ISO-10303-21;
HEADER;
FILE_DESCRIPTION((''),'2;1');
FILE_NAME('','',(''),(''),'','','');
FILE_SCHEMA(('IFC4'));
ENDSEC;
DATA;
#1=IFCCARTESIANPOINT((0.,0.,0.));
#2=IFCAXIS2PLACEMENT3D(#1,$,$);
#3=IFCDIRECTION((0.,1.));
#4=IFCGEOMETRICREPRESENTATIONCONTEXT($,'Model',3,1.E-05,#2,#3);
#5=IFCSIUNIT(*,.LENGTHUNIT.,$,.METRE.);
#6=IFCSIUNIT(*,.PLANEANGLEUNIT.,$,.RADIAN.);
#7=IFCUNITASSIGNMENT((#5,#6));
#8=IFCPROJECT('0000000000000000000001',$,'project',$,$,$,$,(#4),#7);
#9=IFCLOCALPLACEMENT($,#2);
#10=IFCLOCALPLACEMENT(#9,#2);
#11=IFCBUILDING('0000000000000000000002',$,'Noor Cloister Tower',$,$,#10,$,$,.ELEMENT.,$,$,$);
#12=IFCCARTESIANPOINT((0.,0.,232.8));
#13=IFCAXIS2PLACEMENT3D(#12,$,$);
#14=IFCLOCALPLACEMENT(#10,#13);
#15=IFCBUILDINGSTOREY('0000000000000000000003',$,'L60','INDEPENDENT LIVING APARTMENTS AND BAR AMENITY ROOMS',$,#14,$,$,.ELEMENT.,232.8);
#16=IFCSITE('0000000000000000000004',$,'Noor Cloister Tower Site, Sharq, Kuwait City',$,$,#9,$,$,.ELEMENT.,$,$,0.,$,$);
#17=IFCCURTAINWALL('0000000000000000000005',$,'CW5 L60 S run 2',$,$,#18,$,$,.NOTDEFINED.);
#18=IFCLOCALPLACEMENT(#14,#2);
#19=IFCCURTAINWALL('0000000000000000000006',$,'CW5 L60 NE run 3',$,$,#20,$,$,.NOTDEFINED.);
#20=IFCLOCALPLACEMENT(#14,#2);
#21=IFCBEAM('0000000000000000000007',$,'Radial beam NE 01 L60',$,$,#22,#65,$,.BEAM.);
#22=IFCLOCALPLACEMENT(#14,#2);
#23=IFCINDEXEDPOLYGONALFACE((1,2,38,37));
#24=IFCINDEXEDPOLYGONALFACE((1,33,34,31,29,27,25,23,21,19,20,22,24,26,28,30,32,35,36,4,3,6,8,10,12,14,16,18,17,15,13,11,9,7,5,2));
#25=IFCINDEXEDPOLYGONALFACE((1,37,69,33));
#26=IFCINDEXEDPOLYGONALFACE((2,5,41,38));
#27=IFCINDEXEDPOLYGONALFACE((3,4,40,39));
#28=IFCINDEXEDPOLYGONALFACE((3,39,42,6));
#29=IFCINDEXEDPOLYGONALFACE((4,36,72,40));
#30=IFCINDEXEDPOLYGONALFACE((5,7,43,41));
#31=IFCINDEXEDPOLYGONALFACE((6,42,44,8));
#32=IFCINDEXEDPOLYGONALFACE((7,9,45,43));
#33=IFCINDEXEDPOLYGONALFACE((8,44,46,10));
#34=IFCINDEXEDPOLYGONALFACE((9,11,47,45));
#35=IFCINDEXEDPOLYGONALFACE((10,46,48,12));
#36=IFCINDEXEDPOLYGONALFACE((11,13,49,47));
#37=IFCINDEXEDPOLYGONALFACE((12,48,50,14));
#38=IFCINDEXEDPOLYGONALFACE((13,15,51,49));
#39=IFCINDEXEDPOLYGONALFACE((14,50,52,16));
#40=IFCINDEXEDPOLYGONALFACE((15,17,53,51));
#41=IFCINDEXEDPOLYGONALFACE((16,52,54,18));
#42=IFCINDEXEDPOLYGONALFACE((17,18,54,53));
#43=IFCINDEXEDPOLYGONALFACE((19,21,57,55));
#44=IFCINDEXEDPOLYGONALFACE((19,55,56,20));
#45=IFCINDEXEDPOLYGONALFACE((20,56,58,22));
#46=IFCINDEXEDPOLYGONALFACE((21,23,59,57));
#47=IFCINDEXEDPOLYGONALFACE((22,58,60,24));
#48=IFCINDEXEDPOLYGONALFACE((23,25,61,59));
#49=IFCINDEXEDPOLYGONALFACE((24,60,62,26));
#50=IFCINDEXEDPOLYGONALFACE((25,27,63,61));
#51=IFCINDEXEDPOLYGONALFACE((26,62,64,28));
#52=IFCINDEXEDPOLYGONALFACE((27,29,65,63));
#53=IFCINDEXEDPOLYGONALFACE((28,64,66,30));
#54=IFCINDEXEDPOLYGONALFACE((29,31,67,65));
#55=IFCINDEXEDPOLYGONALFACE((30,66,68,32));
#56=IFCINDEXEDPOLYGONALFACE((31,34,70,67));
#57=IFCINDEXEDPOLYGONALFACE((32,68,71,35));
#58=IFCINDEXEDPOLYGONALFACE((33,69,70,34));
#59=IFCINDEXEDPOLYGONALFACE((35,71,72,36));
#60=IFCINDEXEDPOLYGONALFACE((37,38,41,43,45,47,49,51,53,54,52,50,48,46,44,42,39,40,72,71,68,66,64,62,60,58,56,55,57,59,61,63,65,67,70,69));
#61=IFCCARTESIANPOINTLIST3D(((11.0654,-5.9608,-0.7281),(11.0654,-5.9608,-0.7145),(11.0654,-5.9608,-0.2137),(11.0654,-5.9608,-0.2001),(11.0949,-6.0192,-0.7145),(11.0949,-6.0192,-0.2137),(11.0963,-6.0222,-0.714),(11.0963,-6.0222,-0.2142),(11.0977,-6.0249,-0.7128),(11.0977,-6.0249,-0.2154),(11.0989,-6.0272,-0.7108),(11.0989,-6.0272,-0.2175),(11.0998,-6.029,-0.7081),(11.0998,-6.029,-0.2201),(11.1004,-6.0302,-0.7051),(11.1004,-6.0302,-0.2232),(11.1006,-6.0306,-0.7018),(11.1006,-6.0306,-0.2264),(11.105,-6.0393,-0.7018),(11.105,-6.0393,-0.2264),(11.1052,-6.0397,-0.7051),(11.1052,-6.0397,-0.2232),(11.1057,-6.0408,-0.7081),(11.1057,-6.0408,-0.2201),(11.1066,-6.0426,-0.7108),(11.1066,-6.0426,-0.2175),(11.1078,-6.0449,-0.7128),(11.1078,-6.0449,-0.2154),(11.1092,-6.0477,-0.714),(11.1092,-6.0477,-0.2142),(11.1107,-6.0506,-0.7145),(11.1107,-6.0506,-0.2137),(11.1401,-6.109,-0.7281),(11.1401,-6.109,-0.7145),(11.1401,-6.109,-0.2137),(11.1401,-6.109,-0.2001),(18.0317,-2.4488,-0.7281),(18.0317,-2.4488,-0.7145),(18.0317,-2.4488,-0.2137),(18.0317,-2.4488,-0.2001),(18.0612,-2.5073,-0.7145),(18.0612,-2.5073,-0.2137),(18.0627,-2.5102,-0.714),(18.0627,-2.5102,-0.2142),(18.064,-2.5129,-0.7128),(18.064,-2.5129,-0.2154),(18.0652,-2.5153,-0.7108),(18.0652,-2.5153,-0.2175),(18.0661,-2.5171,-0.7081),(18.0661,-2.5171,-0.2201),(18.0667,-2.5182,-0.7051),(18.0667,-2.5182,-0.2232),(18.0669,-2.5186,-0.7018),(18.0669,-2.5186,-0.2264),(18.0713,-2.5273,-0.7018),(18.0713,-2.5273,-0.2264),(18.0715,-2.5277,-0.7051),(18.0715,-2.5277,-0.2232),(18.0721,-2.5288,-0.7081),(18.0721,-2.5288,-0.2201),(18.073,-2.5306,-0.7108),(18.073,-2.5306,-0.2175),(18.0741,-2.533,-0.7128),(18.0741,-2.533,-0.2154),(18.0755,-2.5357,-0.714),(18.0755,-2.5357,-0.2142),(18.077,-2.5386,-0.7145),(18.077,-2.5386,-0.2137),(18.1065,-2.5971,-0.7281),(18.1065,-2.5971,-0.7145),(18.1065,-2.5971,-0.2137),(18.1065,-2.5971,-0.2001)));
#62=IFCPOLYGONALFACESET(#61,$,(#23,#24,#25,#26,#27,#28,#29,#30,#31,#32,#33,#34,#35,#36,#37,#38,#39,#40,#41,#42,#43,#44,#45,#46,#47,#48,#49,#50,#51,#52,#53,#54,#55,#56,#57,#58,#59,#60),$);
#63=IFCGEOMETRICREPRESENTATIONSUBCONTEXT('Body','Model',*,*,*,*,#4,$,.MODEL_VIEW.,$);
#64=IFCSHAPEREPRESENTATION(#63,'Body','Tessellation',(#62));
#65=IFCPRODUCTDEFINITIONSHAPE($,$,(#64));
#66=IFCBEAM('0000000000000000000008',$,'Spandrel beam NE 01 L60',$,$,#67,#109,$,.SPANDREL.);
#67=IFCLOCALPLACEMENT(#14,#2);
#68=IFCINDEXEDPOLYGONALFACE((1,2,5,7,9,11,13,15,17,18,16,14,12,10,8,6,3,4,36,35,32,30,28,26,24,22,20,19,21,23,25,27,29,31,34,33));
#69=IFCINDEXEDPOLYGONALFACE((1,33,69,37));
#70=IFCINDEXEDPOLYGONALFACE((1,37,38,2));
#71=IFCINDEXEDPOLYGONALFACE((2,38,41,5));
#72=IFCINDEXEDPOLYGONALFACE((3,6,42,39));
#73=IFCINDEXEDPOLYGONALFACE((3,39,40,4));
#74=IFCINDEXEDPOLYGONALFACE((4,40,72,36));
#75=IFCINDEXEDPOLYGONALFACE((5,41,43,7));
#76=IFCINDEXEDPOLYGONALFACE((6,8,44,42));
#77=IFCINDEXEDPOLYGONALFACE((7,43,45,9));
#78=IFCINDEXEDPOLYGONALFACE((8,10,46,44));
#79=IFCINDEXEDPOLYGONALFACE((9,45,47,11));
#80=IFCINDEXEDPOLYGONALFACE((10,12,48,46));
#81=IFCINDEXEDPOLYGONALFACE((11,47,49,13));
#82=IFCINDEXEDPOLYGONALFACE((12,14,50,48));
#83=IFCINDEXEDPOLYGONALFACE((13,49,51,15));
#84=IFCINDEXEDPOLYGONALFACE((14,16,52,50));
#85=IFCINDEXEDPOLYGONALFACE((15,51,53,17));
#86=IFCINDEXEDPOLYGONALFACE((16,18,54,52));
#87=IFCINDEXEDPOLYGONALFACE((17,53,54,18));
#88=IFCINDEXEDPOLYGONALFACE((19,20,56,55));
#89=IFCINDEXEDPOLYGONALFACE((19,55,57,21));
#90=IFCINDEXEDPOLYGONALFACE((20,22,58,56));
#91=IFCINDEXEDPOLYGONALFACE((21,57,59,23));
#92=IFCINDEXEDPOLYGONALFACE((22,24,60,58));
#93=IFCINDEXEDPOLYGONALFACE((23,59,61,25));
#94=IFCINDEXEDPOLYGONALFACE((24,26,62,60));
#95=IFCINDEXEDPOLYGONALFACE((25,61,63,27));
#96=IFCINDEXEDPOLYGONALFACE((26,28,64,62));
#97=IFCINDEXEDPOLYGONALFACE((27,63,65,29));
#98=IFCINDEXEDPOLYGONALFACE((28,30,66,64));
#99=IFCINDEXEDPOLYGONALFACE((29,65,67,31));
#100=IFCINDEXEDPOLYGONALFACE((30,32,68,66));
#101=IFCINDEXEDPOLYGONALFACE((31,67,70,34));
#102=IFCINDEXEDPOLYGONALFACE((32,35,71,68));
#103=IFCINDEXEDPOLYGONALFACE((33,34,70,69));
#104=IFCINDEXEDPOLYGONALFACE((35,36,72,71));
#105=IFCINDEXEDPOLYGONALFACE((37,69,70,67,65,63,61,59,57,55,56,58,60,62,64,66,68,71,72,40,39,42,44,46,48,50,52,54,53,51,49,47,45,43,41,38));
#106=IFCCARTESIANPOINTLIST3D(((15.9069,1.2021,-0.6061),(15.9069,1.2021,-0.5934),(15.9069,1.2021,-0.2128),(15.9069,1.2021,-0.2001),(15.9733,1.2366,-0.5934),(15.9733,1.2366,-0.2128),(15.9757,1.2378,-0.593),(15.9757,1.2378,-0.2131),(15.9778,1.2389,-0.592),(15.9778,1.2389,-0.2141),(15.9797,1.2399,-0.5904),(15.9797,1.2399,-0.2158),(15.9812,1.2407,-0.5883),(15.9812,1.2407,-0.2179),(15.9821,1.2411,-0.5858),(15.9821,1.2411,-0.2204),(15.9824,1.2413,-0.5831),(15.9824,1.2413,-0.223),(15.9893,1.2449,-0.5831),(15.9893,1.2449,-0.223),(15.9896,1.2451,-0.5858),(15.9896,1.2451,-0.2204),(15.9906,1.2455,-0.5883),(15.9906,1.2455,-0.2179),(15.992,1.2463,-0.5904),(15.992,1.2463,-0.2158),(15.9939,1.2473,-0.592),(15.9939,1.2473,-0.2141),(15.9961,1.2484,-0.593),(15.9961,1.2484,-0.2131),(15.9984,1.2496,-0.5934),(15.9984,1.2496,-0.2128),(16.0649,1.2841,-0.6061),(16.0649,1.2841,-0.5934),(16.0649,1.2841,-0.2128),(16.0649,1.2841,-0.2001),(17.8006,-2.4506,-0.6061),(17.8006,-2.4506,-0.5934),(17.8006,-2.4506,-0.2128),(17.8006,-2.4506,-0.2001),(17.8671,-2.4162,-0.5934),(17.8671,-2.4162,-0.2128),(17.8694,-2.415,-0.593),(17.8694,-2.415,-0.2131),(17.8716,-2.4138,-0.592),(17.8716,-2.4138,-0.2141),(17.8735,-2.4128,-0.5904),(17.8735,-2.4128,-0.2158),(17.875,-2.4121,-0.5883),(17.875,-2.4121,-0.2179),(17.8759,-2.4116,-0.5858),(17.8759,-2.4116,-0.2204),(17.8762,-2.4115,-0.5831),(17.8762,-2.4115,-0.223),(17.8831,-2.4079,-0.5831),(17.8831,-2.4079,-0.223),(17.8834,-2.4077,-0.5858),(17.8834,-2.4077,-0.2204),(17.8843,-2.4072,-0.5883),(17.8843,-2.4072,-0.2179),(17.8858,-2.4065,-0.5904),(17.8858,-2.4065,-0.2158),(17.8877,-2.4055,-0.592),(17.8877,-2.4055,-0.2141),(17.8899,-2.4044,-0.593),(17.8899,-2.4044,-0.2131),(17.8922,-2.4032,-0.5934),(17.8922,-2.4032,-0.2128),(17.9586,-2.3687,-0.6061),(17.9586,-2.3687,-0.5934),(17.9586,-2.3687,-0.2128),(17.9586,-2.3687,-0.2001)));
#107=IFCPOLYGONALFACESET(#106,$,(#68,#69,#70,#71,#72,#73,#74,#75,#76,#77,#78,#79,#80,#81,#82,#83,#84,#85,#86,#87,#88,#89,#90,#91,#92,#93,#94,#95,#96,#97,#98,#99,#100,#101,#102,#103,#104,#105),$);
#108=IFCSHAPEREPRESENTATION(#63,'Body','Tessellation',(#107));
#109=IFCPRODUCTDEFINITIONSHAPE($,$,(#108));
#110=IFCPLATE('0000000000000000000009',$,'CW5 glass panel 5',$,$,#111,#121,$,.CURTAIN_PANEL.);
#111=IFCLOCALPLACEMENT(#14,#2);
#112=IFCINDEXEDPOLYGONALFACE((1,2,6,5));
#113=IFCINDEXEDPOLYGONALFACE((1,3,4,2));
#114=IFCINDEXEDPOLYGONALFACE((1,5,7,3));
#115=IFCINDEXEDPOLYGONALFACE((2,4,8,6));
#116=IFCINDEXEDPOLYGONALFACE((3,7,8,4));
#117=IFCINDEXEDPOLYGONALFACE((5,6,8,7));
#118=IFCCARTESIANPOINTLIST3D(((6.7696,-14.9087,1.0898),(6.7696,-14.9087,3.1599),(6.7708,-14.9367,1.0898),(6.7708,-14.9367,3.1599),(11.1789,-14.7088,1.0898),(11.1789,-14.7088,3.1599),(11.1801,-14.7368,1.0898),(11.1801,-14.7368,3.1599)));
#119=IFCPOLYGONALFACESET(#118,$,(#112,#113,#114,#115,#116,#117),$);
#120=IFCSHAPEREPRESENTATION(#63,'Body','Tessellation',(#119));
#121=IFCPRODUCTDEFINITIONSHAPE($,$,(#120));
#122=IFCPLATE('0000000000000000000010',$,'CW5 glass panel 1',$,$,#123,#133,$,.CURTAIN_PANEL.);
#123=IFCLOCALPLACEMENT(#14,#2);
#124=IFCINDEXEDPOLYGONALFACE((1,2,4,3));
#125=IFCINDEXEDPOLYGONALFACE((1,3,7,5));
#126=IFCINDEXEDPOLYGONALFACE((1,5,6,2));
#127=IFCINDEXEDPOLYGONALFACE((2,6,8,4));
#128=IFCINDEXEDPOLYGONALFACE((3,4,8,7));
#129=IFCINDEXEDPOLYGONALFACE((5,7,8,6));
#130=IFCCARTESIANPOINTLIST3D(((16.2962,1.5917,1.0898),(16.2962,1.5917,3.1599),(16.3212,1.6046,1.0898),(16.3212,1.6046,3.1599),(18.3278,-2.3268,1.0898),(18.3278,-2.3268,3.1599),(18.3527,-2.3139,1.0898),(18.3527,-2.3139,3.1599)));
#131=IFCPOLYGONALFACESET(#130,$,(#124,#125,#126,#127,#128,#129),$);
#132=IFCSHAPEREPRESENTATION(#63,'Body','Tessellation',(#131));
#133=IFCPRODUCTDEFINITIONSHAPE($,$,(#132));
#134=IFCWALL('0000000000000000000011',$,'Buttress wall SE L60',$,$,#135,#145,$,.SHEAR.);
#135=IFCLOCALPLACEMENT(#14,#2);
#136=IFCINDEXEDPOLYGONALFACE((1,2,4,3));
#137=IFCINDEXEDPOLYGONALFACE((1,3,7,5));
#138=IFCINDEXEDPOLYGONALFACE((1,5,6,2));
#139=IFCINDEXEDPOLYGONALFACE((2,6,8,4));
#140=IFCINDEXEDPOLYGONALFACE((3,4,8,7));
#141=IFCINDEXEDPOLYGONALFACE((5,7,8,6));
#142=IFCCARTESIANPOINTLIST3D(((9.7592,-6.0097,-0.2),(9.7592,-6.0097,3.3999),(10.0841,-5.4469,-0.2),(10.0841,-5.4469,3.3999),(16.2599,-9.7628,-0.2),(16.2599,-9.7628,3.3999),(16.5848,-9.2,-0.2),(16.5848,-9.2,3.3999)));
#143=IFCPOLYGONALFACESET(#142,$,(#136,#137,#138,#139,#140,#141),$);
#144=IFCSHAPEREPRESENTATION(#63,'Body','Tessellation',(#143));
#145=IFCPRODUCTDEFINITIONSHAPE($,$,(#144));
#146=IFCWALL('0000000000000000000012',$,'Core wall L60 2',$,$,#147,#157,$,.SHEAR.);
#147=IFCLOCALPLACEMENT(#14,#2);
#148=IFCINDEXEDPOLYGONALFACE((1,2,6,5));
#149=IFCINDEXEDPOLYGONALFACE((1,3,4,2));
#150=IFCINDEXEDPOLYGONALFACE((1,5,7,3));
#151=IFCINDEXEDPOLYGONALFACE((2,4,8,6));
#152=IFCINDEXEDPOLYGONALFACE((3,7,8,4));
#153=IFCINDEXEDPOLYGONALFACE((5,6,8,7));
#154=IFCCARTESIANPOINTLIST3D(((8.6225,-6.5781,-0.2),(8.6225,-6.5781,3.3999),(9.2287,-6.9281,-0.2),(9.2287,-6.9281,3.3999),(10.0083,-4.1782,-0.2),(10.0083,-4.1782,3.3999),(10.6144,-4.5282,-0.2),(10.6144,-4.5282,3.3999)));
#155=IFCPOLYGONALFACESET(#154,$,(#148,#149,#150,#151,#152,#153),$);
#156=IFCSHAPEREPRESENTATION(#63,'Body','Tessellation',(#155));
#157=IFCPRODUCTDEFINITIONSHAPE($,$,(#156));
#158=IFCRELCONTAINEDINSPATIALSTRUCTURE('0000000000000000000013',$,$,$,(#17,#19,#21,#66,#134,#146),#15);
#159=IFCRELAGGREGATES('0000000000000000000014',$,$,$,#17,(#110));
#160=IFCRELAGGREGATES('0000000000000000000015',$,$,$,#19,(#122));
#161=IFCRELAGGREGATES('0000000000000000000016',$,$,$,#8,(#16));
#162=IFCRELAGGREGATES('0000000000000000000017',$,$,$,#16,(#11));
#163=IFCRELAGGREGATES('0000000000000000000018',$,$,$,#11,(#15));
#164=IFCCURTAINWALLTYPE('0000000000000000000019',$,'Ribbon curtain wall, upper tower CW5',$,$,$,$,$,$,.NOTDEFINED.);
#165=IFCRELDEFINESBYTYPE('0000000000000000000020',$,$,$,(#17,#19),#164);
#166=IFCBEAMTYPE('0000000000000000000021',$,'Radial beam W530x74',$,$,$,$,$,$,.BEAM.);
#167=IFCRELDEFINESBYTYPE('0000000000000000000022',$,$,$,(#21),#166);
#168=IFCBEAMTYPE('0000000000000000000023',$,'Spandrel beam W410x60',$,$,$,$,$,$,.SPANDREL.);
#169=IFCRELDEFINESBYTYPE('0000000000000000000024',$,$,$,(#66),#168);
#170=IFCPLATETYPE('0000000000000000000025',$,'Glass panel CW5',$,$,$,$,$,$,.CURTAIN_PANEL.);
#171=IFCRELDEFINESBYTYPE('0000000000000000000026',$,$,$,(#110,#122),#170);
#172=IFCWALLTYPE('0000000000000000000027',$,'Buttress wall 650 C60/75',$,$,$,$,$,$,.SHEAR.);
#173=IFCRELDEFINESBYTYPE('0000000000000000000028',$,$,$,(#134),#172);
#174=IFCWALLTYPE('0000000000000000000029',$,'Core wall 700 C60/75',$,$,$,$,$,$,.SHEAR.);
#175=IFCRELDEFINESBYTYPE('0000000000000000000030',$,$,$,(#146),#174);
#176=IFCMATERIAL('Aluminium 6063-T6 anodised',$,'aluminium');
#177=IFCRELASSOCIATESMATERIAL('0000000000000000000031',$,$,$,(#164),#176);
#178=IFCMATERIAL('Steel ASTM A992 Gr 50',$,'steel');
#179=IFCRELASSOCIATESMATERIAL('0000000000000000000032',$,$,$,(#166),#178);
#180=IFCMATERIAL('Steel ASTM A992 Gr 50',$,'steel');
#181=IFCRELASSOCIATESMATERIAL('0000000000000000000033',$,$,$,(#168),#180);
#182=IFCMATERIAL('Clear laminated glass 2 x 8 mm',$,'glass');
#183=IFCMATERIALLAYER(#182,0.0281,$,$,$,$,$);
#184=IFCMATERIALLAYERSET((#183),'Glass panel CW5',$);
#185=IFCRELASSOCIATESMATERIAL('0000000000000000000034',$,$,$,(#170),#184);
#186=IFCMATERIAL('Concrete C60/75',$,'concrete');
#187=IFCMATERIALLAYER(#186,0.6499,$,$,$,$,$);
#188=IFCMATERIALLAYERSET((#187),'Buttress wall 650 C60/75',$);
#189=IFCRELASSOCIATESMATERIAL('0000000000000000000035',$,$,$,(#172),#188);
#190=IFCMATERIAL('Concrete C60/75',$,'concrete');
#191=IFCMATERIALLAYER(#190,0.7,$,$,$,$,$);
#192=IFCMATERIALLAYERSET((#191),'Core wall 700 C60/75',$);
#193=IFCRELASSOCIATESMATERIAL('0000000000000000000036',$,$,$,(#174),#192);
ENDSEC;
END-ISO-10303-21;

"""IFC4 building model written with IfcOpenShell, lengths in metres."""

from ifc_helpers import new_model, si_unit, direction, frame, frame_2d, origin, origin_2d, place, context, subcontext, project, spatial, rectangle, i_section, extrude, material, layer, layer_set, material_profile, profile_set, type_object, element, aggregate, save


model = new_model("IFC4")

# Units and contexts
model_context = context("Model", 3, precision=1e-05, world=origin(), true_north=direction((0.0, 1.0)))
body_context = subcontext(model_context, "Body", "Model", "MODEL_VIEW")
ifc_project = project(units=[si_unit("LENGTHUNIT", "METRE"), si_unit("PLANEANGLEUNIT", "RADIAN")], contexts=[model_context])

# Site, building, storey
site_placement = place(None, origin())
site = spatial("IfcSite", under=ifc_project, at=site_placement, Name="Noor Cloister Tower Site, Sharq, Kuwait City", CompositionType="ELEMENT", RefElevation=0.0)
building_placement = place(site_placement, origin())
building = spatial("IfcBuilding", under=site, at=building_placement, Name="Noor Cloister Tower", CompositionType="ELEMENT")
storey_placement = place(building_placement, frame((0.0, 0.0, 232.8)))
storey = spatial("IfcBuildingStorey", under=building, at=storey_placement, Name="L60", Description="INDEPENDENT LIVING APARTMENTS AND BAR AMENITY ROOMS", CompositionType="ELEMENT", Elevation=232.8)

# Curtain walls
ifc_material_1 = material(Name="Aluminium 6063-T6 anodised", Category="aluminium")
curtain_wall_type = type_object("IfcCurtainWallType", Name="Ribbon curtain wall, upper tower CW5", PredefinedType="NOTDEFINED", material=ifc_material_1)
curtain_wall_1_placement = place(storey_placement, origin())
curtain_wall_1 = element("IfcCurtainWall", 1, at=curtain_wall_1_placement, inside=storey, type_object=curtain_wall_type, Name="CW5 L60 S run 2", PredefinedType="NOTDEFINED")
curtain_wall_2_placement = place(storey_placement, origin())
curtain_wall_2 = element("IfcCurtainWall", 2, at=curtain_wall_2_placement, inside=storey, type_object=curtain_wall_type, Name="CW5 L60 NE run 3", PredefinedType="NOTDEFINED")

# Beams
ifc_material_2 = material(Name="Steel ASTM A992 Gr 50", Category="steel")
ifc_material_profile_1 = material_profile(ifc_material_2, i_section(OverallWidth=0.166, OverallDepth=0.5281, WebThickness=0.0098, FlangeThickness=0.0137, FilletRadius=0.0127, at=origin_2d()), Name="W530x74")
ifc_profile_set_1 = profile_set([ifc_material_profile_1], Name="Steel ASTM A992 Gr 50")
beam_type_1 = type_object("IfcBeamType", Name="Radial beam W530x74", PredefinedType="BEAM", material=ifc_profile_set_1)
beam_1_placement = place(storey_placement, frame((18.0691, -2.5229, -0.4641), z_axis=(-0.892945, -0.450165, 0.0), x_axis=(0.450165, -0.892945, 0.0)))
element("IfcBeam", 3, at=beam_1_placement, inside=storey, type_object=beam_type_1, Name="Radial beam NE 01 L60", PredefinedType="BEAM", context=body_context, shape_type="SweptSolid", body=[
    extrude(i_section(OverallWidth=0.166, OverallDepth=0.5281, WebThickness=0.0098, FlangeThickness=0.0137, FilletRadius=0.0127, at=origin_2d()), origin(), (0.0, 0.0, 1.0), 7.8015),
])
ifc_material_3 = material(Name="Steel ASTM A992 Gr 50", Category="steel")
ifc_material_profile_2 = material_profile(ifc_material_3, i_section(OverallWidth=0.178, OverallDepth=0.406, WebThickness=0.0078, FlangeThickness=0.0127, FilletRadius=0.0103, at=origin_2d()), Name="W410x60")
ifc_profile_set_2 = profile_set([ifc_material_profile_2], Name="Steel ASTM A992 Gr 50")
beam_type_2 = type_object("IfcBeamType", Name="Spandrel beam W410x60", PredefinedType="SPANDREL", material=ifc_profile_set_2)
beam_2_placement = place(storey_placement, frame((17.8796, -2.4097, -0.4031), z_axis=(-0.460267, 0.887781, 0.0), x_axis=(-0.887781, -0.460267, 0.0)))
element("IfcBeam", 4, at=beam_2_placement, inside=storey, type_object=beam_type_2, Name="Spandrel beam NE 01 L60", PredefinedType="SPANDREL", context=body_context, shape_type="SweptSolid", body=[
    extrude(i_section(OverallWidth=0.178, OverallDepth=0.406, WebThickness=0.0078, FlangeThickness=0.0127, FilletRadius=0.0103, at=origin_2d()), origin(), (0.0, 0.0, 1.0), 4.1145),
])

# Plates
ifc_material_4 = material(Name="Clear laminated glass 2 x 8 mm", Category="glass")
ifc_layer_1 = layer(ifc_material_4, 0.0281)
ifc_layer_set_1 = layer_set([ifc_layer_1], Name="Glass panel CW5")
plate_type = type_object("IfcPlateType", Name="Glass panel CW5", PredefinedType="CURTAIN_PANEL", material=ifc_layer_set_1)
plate_1_placement = place(storey_placement, frame((8.9749, -14.8228, 1.0898), z_axis=(0.0, 0.0, 1.0), x_axis=(0.998974, 0.045286, 0.0)))
plate_1 = element("IfcPlate", 5, at=plate_1_placement, type_object=plate_type, Name="CW5 glass panel 5", PredefinedType="CURTAIN_PANEL", context=body_context, shape_type="SweptSolid", body=[
    extrude(rectangle(XDim=4.4138, YDim=0.0281, at=origin_2d()), origin(), (0.0, 0.0, 1.0), 2.0701),
])
aggregate(curtain_wall_1, [plate_1])
plate_2_placement = place(storey_placement, frame((17.3245, -0.3611, 1.0898), z_axis=(0.0, 0.0, 1.0), x_axis=(-0.460269, 0.88778, 0.0)))
plate_2 = element("IfcPlate", 6, at=plate_2_placement, type_object=plate_type, Name="CW5 glass panel 1", PredefinedType="CURTAIN_PANEL", context=body_context, shape_type="SweptSolid", body=[
    extrude(rectangle(XDim=4.4138, YDim=0.0281, at=origin_2d()), origin(), (0.0, 0.0, 1.0), 2.0701),
])
aggregate(curtain_wall_2, [plate_2])

# Walls
ifc_material_5 = material(Name="Concrete C60/75", Category="concrete")
ifc_layer_2 = layer(ifc_material_5, 0.6499)
ifc_layer_set_2 = layer_set([ifc_layer_2], Name="Buttress wall 650 C60/75")
wall_type_1 = type_object("IfcWallType", Name="Buttress wall 650 C60/75", PredefinedType="SHEAR", material=ifc_layer_set_2)
wall_1_placement = place(storey_placement, frame((9.9216, -5.7283, -0.2), z_axis=(0.0, 0.0, 1.0), x_axis=(0.866027, -0.499997, 0.0)))
element("IfcWall", 7, at=wall_1_placement, inside=storey, type_object=wall_type_1, Name="Buttress wall SE L60", PredefinedType="SHEAR", context=body_context, shape_type="SweptSolid", body=[
    extrude(rectangle(XDim=7.5063, YDim=0.6499, at=frame_2d((3.7532, 0.0))), origin(), (0.0, 0.0, 1.0), 3.5999),
])
ifc_material_6 = material(Name="Concrete C60/75", Category="concrete")
ifc_layer_3 = layer(ifc_material_6, 0.7)
ifc_layer_set_3 = layer_set([ifc_layer_3], Name="Core wall 700 C60/75")
wall_type_2 = type_object("IfcWallType", Name="Core wall 700 C60/75", PredefinedType="SHEAR", material=ifc_layer_set_3)
wall_2_placement = place(storey_placement, frame((8.9255, -6.7532, -0.2), z_axis=(0.0, 0.0, 1.0), x_axis=(0.500043, 0.866001, 0.0)))
element("IfcWall", 8, at=wall_2_placement, inside=storey, type_object=wall_type_2, Name="Core wall L60 2", PredefinedType="SHEAR", context=body_context, shape_type="SweptSolid", body=[
    extrude(rectangle(XDim=2.7712, YDim=0.7, at=frame_2d((1.3857, 0.0))), origin(), (0.0, 0.0, 1.0), 3.5999),
])

save(model, "model.ifc")
